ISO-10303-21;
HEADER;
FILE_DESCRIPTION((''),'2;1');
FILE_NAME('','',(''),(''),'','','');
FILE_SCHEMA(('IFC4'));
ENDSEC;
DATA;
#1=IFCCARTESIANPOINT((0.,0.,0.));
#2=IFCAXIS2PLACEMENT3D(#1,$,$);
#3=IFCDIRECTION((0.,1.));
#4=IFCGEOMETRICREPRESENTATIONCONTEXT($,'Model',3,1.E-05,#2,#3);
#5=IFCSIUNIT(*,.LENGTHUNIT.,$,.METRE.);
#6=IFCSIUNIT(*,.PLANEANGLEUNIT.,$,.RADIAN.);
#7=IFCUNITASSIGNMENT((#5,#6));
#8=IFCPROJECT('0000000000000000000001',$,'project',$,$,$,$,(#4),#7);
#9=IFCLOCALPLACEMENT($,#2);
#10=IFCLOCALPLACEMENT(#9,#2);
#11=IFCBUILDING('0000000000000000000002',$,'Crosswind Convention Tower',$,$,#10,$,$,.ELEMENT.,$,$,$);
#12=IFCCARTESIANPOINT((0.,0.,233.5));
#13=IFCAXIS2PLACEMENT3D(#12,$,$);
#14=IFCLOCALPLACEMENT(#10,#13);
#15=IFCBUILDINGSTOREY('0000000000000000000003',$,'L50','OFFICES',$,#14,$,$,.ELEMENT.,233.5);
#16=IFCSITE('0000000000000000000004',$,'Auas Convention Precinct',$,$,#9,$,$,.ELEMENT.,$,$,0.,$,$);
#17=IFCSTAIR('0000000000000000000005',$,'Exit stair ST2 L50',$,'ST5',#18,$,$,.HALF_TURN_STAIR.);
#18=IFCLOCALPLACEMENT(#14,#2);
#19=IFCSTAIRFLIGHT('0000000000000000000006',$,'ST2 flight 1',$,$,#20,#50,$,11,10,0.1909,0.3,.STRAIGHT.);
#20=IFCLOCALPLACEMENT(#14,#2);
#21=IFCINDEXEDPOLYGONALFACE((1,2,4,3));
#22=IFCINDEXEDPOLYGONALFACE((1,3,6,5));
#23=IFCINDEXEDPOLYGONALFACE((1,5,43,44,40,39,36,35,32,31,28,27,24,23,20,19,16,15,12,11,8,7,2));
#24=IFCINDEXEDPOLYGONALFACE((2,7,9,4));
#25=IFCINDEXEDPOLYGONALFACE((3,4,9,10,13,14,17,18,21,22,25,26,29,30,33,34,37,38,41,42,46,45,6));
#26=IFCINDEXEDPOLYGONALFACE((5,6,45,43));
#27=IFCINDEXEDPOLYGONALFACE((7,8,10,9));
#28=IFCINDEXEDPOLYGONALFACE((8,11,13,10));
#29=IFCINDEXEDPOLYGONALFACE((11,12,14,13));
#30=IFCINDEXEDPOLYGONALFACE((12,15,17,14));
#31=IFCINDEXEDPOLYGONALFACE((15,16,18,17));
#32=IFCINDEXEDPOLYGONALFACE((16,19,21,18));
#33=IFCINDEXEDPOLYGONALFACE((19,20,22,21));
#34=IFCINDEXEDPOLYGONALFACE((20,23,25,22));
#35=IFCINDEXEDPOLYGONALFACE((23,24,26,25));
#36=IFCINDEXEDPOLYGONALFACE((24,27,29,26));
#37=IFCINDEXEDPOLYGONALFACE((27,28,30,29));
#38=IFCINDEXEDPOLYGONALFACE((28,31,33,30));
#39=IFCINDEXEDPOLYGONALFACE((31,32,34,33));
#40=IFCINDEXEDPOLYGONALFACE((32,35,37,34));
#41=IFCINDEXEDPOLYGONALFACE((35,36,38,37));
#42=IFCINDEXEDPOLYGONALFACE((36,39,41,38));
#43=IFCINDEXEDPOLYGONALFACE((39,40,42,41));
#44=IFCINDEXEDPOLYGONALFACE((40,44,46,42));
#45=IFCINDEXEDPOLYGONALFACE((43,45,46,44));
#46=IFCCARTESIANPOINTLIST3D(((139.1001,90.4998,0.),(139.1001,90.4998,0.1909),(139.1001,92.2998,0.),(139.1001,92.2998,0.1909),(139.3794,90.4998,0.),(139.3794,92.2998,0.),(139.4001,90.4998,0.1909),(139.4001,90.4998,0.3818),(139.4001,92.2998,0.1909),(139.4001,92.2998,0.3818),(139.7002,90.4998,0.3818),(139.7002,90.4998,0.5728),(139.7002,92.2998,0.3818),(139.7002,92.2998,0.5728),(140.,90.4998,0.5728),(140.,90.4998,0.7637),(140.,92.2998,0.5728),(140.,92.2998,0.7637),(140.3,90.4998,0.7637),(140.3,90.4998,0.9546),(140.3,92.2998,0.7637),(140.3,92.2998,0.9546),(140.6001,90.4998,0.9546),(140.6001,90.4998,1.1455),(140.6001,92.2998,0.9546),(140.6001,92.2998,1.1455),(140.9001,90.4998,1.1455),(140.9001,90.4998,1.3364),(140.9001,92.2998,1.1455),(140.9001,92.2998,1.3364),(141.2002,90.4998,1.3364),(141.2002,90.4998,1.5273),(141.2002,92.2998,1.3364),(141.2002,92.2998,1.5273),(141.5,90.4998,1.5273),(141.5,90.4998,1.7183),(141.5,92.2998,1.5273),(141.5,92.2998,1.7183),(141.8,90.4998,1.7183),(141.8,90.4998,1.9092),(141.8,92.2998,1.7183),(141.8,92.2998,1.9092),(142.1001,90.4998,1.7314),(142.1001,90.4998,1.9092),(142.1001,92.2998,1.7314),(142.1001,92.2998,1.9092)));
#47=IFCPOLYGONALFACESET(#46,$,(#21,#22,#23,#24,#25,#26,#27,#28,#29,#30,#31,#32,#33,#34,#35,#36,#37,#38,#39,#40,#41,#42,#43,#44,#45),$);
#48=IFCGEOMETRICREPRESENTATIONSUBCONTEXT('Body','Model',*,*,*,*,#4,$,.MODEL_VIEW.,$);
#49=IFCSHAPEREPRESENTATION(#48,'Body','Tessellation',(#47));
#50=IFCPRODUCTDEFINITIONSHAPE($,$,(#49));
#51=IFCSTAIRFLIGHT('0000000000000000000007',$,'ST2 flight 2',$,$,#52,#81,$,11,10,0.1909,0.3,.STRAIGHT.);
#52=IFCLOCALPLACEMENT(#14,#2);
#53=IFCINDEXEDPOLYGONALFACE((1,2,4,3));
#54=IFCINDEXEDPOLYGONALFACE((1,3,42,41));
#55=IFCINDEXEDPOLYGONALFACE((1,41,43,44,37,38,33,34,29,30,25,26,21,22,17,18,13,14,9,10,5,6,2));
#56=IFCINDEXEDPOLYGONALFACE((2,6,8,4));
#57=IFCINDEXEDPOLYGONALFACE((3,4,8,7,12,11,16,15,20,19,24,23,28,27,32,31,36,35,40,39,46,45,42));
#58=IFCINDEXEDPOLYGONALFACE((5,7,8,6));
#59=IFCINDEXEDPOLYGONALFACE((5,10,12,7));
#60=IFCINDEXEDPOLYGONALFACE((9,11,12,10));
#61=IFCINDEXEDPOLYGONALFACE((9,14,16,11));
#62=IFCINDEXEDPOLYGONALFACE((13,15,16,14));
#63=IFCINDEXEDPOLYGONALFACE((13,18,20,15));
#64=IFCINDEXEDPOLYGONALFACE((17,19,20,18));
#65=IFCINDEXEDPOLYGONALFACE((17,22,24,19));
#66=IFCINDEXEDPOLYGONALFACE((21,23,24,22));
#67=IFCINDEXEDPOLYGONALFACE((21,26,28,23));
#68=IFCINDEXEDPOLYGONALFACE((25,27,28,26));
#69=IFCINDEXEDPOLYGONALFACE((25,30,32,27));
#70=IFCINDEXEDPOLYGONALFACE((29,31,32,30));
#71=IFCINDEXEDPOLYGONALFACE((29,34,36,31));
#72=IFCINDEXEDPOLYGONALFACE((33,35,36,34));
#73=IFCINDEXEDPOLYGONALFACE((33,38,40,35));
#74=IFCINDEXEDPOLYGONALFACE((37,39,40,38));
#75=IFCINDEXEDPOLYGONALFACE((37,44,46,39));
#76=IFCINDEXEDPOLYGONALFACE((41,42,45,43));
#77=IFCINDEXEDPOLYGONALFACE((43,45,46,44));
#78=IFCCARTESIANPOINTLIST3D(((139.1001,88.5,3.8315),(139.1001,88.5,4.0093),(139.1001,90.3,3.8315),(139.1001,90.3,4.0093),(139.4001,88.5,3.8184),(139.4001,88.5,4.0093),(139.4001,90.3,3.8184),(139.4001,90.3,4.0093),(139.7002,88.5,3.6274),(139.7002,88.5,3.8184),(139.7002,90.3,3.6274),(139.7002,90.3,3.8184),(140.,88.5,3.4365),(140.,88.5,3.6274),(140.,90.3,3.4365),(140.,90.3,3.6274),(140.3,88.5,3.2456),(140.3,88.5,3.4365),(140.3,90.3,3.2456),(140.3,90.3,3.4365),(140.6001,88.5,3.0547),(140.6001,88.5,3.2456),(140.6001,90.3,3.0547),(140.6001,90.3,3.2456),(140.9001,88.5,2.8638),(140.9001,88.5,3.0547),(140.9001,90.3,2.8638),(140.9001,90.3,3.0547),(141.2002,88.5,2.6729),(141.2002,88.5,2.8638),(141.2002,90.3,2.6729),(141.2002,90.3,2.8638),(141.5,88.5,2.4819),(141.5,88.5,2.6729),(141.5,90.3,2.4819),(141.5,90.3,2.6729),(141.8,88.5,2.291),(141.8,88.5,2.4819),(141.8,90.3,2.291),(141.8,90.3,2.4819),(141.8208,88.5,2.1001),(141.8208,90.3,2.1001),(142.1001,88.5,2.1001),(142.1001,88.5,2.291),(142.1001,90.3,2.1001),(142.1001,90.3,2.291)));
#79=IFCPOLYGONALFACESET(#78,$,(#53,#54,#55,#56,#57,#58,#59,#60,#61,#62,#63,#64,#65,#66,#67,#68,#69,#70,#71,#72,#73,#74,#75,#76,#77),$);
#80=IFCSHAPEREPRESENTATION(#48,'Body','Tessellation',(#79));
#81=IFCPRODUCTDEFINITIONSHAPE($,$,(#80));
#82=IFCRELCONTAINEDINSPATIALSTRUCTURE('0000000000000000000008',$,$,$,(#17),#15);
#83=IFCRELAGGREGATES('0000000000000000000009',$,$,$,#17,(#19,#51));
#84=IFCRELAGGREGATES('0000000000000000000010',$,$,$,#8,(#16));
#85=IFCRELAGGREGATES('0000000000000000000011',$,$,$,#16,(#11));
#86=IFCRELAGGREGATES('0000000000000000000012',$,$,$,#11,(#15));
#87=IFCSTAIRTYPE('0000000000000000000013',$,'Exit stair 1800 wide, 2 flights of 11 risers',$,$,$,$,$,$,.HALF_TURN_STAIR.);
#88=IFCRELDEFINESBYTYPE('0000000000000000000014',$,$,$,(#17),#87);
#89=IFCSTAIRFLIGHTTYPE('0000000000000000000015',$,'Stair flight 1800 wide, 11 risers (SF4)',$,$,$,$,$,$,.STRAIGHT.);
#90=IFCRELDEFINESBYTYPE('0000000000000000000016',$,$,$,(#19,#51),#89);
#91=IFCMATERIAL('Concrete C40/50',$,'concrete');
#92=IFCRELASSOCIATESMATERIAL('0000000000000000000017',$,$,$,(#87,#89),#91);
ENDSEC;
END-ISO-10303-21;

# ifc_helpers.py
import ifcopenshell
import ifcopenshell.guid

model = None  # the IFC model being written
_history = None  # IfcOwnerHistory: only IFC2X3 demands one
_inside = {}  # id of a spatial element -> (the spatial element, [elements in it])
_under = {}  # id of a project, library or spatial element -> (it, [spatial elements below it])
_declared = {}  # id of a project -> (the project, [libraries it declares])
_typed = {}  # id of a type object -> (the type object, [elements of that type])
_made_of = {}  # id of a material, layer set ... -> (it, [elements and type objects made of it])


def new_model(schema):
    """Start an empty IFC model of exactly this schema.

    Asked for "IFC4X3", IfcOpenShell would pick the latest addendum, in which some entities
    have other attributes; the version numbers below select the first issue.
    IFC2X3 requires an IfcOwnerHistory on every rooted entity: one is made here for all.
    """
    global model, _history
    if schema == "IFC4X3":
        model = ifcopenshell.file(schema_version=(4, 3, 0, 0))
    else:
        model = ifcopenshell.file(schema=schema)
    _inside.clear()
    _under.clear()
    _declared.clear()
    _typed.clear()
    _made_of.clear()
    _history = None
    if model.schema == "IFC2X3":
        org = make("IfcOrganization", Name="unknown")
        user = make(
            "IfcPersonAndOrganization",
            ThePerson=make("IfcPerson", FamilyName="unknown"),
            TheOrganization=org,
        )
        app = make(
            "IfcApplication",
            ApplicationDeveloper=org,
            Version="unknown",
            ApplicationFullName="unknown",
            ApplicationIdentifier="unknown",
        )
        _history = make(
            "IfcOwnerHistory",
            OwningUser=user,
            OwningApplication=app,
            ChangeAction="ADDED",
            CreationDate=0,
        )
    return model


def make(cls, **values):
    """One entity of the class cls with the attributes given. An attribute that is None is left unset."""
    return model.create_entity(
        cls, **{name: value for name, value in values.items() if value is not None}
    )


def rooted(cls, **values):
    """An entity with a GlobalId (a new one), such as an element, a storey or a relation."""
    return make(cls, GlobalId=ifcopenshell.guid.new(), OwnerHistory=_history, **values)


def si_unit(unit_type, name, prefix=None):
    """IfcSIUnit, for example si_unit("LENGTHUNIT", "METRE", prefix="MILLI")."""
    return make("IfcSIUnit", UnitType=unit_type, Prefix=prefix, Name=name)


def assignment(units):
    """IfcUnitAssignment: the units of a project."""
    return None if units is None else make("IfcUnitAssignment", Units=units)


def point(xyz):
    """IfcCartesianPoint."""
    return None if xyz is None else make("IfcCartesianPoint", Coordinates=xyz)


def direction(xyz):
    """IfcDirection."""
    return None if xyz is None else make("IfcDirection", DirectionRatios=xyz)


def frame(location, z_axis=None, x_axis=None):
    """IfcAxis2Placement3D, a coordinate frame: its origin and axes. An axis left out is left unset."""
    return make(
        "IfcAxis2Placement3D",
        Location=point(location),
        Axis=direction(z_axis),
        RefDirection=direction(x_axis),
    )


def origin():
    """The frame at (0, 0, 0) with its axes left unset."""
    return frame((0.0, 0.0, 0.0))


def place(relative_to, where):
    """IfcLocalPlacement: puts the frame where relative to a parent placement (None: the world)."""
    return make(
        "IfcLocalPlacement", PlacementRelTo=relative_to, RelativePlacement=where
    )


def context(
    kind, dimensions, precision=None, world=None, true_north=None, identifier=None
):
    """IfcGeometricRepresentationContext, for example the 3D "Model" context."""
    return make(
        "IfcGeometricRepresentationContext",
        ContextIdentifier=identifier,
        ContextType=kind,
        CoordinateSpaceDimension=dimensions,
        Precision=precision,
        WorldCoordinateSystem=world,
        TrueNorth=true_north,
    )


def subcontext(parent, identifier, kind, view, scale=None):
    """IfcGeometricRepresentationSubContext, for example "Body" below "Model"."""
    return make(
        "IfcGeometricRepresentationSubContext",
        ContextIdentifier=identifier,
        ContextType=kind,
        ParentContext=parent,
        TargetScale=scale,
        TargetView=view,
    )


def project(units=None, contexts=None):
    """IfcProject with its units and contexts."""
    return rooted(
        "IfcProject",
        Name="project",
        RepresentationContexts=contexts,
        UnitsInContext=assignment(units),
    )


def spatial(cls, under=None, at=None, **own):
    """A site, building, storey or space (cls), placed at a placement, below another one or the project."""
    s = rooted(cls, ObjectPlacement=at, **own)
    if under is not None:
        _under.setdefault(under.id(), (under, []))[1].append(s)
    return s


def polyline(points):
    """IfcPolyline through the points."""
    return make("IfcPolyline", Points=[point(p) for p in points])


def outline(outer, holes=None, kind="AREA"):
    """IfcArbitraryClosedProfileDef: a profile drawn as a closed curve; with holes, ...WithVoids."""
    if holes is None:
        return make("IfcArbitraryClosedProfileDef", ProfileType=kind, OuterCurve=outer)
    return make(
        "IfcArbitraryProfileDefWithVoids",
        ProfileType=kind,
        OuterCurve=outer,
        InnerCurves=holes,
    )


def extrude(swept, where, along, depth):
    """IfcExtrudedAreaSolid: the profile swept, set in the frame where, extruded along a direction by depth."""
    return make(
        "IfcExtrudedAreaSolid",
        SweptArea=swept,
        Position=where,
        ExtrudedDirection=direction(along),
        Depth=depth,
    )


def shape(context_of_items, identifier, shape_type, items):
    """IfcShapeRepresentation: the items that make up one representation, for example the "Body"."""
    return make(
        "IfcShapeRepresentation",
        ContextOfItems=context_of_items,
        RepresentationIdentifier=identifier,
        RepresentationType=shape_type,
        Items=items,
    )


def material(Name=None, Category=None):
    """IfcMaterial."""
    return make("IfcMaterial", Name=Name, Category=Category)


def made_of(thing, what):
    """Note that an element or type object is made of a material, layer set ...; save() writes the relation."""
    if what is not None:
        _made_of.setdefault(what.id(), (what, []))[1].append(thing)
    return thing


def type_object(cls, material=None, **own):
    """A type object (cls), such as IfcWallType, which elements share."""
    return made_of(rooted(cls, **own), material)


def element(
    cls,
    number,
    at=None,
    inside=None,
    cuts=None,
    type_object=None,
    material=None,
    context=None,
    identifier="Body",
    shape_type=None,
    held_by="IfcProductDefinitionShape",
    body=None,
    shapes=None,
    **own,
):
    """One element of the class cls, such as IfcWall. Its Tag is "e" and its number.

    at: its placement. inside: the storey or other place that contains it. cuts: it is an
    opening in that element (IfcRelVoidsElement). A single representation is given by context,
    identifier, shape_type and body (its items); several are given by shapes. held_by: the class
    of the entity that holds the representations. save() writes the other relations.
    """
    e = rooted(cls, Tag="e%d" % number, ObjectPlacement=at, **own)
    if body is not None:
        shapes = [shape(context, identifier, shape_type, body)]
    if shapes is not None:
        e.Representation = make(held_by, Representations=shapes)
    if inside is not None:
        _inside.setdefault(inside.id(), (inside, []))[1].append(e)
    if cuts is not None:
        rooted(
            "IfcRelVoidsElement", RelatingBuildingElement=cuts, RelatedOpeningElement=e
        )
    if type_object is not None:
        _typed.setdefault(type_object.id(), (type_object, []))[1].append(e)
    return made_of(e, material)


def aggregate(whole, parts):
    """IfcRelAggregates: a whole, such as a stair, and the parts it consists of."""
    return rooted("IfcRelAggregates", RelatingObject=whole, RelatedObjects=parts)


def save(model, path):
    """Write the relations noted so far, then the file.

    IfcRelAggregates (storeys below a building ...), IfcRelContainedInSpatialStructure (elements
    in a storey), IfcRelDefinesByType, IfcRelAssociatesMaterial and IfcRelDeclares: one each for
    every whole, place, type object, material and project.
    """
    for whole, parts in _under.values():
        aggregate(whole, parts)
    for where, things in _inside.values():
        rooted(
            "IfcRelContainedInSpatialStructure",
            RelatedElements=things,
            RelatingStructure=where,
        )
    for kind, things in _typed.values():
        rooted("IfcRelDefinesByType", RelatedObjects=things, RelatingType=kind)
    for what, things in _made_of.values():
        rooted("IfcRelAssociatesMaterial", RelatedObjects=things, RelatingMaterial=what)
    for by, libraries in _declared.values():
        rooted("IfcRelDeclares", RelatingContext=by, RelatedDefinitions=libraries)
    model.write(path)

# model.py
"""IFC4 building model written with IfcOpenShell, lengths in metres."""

from ifc_helpers import new_model, si_unit, direction, frame, origin, place, context, subcontext, project, spatial, polyline, outline, extrude, material, type_object, element, aggregate, save


model = new_model("IFC4")

# Units and contexts
model_context = context("Model", 3, precision=1e-05, world=origin(), true_north=direction((0.0, 1.0)))
body_context = subcontext(model_context, "Body", "Model", "MODEL_VIEW")
ifc_project = project(units=[si_unit("LENGTHUNIT", "METRE"), si_unit("PLANEANGLEUNIT", "RADIAN")], contexts=[model_context])

# Site, building, storey
site_placement = place(None, origin())
site = spatial("IfcSite", under=ifc_project, at=site_placement, Name="Auas Convention Precinct", CompositionType="ELEMENT", RefElevation=0.0)
building_placement = place(site_placement, origin())
building = spatial("IfcBuilding", under=site, at=building_placement, Name="Crosswind Convention Tower", CompositionType="ELEMENT")
storey_placement = place(building_placement, frame((0.0, 0.0, 233.5)))
storey = spatial("IfcBuildingStorey", under=building, at=storey_placement, Name="L50", Description="OFFICES", CompositionType="ELEMENT", Elevation=233.5)

# Stair, stair flights
ifc_material_1 = material(Name="Concrete C40/50", Category="concrete")
stair_type = type_object("IfcStairType", Name="Exit stair 1800 wide, 2 flights of 11 risers", PredefinedType="HALF_TURN_STAIR", material=ifc_material_1)
stair_placement = place(storey_placement, origin())
stair = element("IfcStair", 1, at=stair_placement, inside=storey, type_object=stair_type, Name="Exit stair ST2 L50", ObjectType="ST5", PredefinedType="HALF_TURN_STAIR")
stair_flight_type = type_object("IfcStairFlightType", Name="Stair flight 1800 wide, 11 risers (SF4)", PredefinedType="STRAIGHT", material=ifc_material_1)
stair_flight_1_placement = place(storey_placement, frame((139.1001, 91.3999, 0.0), z_axis=(0.0, 0.0, 1.0), x_axis=(1.0, 0.0, 0.0)))
stair_flight_1 = element("IfcStairFlight", 2, at=stair_flight_1_placement, type_object=stair_flight_type, Name="ST2 flight 1", NumberOfRisers=11, NumberOfTreads=10, PredefinedType="STRAIGHT", RiserHeight=0.1909, TreadLength=0.3, context=body_context, shape_type="SweptSolid", body=[
    extrude(outline(polyline([(0.0, 0.0), (0.0, 0.1909), (0.3, 0.1909), (0.3, 0.3818), (0.6001, 0.3818), (0.6001, 0.5728), (0.8999, 0.5728), (0.8999, 0.7637), (1.2, 0.7637), (1.2, 0.9546), (1.5, 0.9546), (1.5, 1.1455), (1.8, 1.1455), (1.8, 1.3364), (2.1001, 1.3364), (2.1001, 1.5273), (2.3999, 1.5273), (2.3999, 1.7183), (2.7, 1.7183), (2.7, 1.9092), (3.0, 1.9092), (3.0, 2.1001), (3.0, 1.7314), (0.2793, 0.0), (0.0, 0.0)])), frame((0.0, 0.8999, 0.0), z_axis=(0.0, -1.0, 0.0), x_axis=(1.0, 0.0, 0.0)), (0.0, 0.0, 1.0), 1.8),
])
stair_flight_2_placement = place(storey_placement, frame((142.1001, 89.3999, 2.1001), z_axis=(0.0, 0.0, 1.0), x_axis=(-1.0, 0.0, 0.0)))
stair_flight_2 = element("IfcStairFlight", 3, at=stair_flight_2_placement, type_object=stair_flight_type, Name="ST2 flight 2", NumberOfRisers=11, NumberOfTreads=10, PredefinedType="STRAIGHT", RiserHeight=0.1909, TreadLength=0.3, context=body_context, shape_type="SweptSolid", body=[
    extrude(outline(polyline([(0.0, 0.0), (0.0, 0.1909), (0.3, 0.1909), (0.3, 0.3818), (0.6001, 0.3818), (0.6001, 0.5728), (0.8999, 0.5728), (0.8999, 0.7637), (1.2, 0.7637), (1.2, 0.9546), (1.5, 0.9546), (1.5, 1.1455), (1.8, 1.1455), (1.8, 1.3364), (2.1001, 1.3364), (2.1001, 1.5273), (2.3999, 1.5273), (2.3999, 1.7183), (2.7, 1.7183), (2.7, 1.9092), (3.0, 1.9092), (3.0, 2.1001), (3.0, 1.7314), (0.2793, 0.0), (0.0, 0.0)])), frame((0.0, 0.8999, 0.0), z_axis=(0.0, -1.0, 0.0), x_axis=(1.0, 0.0, 0.0)), (0.0, 0.0, 1.0), 1.8),
])
aggregate(stair, [stair_flight_1, stair_flight_2])

save(model, "model.ifc")
